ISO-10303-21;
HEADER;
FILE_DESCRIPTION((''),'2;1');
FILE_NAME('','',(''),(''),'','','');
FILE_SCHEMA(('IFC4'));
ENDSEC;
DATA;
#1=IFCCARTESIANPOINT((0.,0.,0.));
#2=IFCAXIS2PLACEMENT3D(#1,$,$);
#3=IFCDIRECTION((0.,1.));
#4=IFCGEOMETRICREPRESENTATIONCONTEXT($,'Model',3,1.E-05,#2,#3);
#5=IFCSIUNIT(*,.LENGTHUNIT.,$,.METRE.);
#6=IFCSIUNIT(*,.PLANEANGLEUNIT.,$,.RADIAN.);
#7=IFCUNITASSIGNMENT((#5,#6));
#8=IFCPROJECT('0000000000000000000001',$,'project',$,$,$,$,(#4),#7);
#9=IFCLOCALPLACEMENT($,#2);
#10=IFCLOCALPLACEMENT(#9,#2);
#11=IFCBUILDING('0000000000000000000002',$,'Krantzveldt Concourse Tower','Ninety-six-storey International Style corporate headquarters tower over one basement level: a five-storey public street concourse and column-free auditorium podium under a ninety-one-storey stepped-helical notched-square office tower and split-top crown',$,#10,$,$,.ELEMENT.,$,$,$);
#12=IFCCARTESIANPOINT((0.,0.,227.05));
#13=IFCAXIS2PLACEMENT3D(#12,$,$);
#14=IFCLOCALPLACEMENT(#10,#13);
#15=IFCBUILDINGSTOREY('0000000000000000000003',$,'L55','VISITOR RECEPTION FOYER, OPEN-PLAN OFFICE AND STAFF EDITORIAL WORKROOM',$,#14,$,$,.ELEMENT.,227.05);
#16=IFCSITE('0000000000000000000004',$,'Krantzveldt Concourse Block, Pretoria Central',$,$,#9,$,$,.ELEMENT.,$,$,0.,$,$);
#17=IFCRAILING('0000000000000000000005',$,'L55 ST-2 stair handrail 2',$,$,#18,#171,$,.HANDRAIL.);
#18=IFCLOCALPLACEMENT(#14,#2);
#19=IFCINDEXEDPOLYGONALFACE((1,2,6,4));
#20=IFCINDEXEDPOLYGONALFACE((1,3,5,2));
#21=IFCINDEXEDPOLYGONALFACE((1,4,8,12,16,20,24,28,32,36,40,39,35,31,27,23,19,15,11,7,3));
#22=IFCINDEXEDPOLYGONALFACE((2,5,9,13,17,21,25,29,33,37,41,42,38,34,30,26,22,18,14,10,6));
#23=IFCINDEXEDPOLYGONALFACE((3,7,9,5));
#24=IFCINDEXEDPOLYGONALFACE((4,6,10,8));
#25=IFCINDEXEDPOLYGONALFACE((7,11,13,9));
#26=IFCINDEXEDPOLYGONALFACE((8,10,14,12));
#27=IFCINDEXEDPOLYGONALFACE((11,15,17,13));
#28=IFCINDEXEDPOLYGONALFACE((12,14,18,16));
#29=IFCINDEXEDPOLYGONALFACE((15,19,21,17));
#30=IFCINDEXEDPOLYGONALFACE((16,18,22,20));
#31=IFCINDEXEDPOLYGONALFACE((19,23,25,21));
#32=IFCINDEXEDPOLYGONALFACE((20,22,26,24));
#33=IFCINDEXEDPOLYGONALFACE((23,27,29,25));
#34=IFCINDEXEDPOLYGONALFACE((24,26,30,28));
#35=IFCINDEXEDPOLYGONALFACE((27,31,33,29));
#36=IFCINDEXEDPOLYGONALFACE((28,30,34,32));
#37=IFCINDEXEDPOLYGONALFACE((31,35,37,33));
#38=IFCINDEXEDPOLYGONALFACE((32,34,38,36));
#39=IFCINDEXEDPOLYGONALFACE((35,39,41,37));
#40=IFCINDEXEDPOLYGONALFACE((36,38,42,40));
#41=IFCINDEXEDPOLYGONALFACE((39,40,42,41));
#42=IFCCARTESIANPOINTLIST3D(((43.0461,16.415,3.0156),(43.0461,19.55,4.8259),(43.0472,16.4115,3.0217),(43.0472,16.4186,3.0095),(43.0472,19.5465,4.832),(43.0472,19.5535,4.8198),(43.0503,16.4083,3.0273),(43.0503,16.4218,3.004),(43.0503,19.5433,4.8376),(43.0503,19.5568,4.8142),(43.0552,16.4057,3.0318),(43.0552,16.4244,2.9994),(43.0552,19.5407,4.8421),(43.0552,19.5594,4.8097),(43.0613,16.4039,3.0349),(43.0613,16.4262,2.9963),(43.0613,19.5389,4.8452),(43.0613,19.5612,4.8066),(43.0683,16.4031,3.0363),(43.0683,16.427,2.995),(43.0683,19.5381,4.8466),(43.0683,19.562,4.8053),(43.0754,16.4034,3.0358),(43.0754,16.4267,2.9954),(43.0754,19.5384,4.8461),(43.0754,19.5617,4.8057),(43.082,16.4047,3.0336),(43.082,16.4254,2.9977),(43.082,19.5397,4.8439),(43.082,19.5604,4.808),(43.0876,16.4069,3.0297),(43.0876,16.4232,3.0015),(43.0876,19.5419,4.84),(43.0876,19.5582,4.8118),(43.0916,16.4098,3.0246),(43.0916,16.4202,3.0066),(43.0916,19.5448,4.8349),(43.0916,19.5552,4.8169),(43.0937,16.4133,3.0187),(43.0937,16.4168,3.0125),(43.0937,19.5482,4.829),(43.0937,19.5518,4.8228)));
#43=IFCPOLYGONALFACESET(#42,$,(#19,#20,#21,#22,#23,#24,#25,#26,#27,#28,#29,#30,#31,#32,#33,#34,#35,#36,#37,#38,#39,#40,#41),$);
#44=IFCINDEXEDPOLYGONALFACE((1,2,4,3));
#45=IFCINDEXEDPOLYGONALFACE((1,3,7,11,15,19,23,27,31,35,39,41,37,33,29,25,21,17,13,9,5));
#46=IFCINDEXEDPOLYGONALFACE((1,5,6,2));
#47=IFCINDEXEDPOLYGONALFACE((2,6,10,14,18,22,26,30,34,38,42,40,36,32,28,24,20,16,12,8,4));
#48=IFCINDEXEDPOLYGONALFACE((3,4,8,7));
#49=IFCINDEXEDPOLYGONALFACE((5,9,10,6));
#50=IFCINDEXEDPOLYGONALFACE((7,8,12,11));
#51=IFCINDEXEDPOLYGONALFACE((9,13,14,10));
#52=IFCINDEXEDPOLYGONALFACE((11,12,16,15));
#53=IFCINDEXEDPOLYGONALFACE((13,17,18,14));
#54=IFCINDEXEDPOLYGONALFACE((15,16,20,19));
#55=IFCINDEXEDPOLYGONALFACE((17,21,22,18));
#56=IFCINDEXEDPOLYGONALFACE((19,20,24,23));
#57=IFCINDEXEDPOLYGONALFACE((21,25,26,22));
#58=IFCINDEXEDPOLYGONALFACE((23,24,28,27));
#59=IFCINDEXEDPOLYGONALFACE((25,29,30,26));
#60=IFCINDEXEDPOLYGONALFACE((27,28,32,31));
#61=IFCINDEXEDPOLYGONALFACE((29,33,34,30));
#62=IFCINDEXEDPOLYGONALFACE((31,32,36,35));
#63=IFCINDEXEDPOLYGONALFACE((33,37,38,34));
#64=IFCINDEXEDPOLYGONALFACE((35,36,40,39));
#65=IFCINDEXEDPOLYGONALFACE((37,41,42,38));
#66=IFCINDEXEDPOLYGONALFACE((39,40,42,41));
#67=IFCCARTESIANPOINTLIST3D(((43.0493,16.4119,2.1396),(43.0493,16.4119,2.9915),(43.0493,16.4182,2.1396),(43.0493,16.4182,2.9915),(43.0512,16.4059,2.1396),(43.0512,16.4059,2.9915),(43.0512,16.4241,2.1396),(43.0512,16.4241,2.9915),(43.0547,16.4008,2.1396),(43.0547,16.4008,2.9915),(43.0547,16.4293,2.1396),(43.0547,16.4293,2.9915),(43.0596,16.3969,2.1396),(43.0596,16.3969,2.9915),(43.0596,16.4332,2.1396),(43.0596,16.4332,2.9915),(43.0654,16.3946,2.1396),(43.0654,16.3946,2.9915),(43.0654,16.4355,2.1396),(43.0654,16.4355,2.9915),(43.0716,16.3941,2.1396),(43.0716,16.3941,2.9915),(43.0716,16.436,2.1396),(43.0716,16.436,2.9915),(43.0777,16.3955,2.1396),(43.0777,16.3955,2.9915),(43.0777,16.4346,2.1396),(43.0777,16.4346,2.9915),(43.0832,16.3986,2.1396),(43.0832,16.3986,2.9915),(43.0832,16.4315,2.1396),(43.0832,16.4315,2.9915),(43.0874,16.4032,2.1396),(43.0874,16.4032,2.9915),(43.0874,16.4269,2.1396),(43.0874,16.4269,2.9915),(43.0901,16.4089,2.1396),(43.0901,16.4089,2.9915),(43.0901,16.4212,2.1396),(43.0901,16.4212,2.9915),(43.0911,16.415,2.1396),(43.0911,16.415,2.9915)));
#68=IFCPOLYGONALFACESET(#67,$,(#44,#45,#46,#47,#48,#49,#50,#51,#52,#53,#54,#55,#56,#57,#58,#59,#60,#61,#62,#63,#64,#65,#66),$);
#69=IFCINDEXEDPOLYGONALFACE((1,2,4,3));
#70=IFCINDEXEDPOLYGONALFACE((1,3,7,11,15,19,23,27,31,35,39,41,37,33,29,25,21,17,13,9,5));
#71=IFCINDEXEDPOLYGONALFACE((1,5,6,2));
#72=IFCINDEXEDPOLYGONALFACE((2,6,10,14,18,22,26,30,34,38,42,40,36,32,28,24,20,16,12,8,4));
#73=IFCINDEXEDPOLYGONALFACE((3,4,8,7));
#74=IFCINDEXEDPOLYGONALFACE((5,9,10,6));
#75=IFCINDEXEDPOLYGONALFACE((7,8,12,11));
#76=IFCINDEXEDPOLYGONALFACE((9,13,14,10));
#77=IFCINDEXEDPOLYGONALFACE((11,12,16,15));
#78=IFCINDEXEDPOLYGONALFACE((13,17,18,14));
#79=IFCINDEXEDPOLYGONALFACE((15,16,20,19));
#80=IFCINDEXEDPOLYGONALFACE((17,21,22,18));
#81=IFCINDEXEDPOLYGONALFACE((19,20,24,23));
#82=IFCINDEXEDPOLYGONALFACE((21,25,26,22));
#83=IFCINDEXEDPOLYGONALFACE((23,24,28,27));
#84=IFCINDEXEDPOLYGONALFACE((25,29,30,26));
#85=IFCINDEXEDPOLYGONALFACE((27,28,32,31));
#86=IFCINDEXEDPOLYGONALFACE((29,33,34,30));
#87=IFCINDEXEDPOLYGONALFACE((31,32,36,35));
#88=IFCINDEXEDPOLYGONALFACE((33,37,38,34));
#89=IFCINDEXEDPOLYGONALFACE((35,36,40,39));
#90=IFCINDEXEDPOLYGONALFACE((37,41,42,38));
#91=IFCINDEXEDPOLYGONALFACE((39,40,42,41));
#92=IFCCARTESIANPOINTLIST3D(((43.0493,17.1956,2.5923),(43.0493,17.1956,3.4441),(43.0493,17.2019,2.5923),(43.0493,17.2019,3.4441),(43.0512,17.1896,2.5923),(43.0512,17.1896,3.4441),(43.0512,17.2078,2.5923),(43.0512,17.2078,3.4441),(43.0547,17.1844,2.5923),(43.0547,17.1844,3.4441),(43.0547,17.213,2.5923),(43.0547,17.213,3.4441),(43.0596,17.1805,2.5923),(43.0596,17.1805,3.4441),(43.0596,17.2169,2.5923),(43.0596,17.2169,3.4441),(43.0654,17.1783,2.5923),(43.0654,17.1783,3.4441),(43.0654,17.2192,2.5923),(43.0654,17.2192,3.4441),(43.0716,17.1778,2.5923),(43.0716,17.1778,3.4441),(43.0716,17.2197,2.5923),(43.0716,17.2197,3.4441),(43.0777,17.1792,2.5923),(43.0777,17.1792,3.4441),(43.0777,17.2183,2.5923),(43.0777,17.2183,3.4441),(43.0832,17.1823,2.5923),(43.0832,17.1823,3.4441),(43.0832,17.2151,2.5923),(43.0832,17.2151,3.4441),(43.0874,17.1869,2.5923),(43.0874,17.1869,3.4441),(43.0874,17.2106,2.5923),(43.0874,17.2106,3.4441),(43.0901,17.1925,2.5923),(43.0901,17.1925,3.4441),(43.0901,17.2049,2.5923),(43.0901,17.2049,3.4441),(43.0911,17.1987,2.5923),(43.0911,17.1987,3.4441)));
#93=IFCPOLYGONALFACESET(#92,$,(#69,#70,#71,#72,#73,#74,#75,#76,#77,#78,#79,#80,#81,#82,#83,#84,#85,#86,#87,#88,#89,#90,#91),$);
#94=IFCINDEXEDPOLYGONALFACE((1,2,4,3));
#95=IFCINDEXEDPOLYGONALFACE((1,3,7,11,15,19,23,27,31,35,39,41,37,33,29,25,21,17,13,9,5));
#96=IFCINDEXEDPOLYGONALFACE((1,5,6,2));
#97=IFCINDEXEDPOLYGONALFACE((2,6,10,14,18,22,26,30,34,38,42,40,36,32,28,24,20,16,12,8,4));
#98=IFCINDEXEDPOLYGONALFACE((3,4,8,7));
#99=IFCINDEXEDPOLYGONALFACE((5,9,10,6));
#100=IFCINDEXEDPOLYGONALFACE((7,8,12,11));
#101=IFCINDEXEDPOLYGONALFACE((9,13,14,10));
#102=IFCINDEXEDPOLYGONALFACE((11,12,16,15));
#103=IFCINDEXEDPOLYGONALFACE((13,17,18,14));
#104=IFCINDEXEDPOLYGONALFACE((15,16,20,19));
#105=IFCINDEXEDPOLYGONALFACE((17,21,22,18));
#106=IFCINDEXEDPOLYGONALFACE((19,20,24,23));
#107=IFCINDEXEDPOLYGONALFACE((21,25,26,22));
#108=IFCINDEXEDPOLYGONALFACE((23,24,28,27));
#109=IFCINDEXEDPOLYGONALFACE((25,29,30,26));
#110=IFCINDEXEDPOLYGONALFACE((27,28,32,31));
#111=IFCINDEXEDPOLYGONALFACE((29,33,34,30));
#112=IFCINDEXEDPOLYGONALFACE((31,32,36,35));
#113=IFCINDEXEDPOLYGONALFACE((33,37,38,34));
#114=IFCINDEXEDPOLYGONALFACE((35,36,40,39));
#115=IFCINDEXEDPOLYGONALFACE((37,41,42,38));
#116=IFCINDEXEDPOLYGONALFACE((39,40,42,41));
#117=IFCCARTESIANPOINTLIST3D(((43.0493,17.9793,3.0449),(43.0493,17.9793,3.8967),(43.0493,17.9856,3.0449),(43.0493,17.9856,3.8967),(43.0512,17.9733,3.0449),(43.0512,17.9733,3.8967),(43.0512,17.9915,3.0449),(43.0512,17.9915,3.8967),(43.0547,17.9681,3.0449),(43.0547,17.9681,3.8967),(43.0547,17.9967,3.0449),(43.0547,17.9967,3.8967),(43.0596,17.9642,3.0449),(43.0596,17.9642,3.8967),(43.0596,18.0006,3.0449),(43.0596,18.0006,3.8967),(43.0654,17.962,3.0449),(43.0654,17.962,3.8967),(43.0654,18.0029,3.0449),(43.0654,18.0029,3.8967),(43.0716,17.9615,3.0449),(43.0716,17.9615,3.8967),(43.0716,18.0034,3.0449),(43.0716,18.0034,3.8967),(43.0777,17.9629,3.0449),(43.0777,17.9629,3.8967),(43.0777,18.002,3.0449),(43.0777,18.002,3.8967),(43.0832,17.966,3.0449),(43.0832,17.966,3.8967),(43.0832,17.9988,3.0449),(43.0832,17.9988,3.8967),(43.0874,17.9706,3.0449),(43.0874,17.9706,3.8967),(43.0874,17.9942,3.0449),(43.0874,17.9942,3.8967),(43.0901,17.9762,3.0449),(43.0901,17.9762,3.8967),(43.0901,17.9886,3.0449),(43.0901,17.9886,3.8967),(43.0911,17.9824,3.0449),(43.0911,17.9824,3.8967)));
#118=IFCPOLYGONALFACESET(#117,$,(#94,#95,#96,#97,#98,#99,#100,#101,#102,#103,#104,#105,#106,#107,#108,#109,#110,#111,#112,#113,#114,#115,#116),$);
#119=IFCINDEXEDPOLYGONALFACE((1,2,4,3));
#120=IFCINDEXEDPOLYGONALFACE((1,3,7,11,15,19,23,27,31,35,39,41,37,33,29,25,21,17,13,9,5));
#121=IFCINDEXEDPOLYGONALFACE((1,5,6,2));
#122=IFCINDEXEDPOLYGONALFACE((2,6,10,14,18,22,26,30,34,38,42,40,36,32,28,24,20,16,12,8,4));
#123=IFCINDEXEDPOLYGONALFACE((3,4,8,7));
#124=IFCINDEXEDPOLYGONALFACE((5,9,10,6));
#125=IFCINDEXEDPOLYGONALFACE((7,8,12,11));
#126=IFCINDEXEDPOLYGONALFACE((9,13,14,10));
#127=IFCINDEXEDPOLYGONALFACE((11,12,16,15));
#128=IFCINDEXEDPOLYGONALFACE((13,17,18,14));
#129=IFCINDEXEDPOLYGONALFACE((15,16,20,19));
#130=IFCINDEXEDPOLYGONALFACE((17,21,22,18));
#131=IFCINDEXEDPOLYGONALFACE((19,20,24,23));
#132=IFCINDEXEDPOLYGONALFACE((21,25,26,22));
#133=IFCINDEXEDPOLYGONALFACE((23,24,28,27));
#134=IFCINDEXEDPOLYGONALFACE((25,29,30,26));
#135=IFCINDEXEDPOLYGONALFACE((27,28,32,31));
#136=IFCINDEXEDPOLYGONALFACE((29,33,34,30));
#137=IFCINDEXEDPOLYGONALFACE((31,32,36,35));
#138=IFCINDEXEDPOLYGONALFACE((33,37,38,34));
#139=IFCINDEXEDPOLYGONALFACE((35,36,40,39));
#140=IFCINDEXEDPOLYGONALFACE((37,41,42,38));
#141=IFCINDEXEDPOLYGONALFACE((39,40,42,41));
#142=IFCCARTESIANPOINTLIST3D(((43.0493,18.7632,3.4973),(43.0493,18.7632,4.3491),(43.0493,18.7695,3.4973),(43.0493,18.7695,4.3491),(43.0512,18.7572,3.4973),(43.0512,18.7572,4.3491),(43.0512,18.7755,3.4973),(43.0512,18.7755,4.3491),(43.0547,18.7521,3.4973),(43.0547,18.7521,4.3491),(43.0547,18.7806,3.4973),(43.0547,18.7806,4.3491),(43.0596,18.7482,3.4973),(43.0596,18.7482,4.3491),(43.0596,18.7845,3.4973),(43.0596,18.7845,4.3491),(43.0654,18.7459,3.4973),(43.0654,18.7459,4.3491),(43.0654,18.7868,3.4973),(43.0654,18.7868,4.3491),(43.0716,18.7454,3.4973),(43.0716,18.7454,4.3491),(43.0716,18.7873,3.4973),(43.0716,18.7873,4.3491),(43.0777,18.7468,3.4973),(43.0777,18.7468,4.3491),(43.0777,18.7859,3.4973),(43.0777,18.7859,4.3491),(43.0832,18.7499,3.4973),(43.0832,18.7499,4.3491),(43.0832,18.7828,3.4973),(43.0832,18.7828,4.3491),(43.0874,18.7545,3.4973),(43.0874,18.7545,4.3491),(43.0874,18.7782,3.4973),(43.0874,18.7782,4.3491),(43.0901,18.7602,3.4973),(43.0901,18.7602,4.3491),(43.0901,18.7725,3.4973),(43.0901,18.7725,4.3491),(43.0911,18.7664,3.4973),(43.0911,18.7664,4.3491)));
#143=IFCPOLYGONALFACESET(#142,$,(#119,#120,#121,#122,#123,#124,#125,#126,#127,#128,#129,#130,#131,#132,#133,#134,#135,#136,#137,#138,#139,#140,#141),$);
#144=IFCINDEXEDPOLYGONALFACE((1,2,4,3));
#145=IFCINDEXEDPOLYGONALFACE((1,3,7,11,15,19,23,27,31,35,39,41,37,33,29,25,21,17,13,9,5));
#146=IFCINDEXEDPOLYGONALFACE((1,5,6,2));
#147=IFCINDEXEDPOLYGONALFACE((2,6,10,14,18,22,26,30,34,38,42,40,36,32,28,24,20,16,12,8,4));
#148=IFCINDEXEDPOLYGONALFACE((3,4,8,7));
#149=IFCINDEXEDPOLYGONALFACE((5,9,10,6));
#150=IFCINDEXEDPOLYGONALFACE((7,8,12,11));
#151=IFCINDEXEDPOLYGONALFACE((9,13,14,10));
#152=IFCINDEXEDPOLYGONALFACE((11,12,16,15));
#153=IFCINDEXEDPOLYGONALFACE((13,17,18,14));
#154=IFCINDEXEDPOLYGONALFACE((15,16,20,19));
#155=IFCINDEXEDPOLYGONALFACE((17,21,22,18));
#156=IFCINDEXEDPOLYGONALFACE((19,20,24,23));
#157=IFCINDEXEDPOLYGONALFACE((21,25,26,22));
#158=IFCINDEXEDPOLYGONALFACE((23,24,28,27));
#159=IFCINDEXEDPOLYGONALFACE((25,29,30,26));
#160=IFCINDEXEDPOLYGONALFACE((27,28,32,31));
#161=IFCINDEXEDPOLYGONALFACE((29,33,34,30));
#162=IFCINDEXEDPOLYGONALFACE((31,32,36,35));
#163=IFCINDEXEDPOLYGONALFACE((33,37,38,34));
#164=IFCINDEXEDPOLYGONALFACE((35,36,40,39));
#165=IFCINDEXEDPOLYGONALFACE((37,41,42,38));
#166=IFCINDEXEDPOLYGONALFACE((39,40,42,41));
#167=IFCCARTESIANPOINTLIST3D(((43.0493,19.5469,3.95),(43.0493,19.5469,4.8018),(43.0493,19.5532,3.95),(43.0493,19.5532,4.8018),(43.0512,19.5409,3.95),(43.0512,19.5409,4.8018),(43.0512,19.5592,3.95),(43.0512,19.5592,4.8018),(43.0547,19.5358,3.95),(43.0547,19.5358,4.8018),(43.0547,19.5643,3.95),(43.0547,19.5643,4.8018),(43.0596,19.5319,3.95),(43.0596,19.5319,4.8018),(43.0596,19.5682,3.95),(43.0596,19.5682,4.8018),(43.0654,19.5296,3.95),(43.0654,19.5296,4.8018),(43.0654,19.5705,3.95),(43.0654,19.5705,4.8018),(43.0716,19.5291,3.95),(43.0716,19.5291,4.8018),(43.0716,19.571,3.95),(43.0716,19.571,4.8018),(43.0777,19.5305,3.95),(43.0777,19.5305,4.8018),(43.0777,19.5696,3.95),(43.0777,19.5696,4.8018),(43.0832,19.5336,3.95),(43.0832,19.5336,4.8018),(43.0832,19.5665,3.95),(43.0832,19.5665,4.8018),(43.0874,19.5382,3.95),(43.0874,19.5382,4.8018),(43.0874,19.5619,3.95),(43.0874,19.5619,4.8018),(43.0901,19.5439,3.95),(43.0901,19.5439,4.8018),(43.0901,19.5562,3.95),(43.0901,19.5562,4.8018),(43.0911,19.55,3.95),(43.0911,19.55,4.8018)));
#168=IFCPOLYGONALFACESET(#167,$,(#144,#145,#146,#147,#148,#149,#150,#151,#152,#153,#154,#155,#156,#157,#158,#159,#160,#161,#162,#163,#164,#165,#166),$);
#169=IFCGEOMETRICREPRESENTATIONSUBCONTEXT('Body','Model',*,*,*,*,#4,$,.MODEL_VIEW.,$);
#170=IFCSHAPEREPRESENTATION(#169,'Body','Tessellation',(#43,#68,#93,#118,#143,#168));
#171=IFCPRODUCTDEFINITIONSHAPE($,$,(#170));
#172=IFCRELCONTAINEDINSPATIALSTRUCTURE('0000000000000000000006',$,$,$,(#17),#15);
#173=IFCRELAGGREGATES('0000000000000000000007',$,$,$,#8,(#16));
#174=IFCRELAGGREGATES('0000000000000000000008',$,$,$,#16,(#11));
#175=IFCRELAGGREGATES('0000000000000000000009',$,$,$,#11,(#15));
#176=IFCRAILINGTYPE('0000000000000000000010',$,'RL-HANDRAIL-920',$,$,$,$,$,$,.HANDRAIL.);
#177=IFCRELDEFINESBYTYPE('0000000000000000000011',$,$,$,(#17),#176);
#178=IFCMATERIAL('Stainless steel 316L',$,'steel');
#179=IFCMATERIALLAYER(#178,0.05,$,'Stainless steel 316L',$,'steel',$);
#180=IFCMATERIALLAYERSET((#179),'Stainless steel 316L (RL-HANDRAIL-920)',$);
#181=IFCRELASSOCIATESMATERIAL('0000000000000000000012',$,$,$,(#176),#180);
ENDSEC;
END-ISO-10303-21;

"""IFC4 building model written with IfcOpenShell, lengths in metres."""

from ifc_helpers import new_model, si_unit, direction, frame, origin, origin_2d, place, context, subcontext, project, spatial, circle, extrude, material, layer, layer_set, type_object, element, save


model = new_model("IFC4")

# Units and contexts
model_context = context("Model", 3, precision=1e-05, world=origin(), true_north=direction((0.0, 1.0)))
body_context = subcontext(model_context, "Body", "Model", "MODEL_VIEW")
ifc_project = project(units=[si_unit("LENGTHUNIT", "METRE"), si_unit("PLANEANGLEUNIT", "RADIAN")], contexts=[model_context])

# Site, building, storey
site_placement = place(None, origin())
site = spatial("IfcSite", under=ifc_project, at=site_placement, Name="Krantzveldt Concourse Block, Pretoria Central", CompositionType="ELEMENT", RefElevation=0.0)
building_placement = place(site_placement, origin())
building = spatial("IfcBuilding", under=site, at=building_placement, Name="Krantzveldt Concourse Tower", Description="Ninety-six-storey International Style corporate headquarters tower over one basement level: a five-storey public street concourse and column-free auditorium podium under a ninety-one-storey stepped-helical notched-square office tower and split-top crown", CompositionType="ELEMENT")
storey_placement = place(building_placement, frame((0.0, 0.0, 227.05)))
storey = spatial("IfcBuildingStorey", under=building, at=storey_placement, Name="L55", Description="VISITOR RECEPTION FOYER, OPEN-PLAN OFFICE AND STAFF EDITORIAL WORKROOM", CompositionType="ELEMENT", Elevation=227.05)

# Shared definitions
ifc_material_1 = material(Name="Stainless steel 316L", Category="steel")

# Railing
ifc_layer_1 = layer(ifc_material_1, 0.05, Name="Stainless steel 316L", Category="steel")
ifc_layer_set_1 = layer_set([ifc_layer_1], Name="Stainless steel 316L (RL-HANDRAIL-920)")
railing_type_1 = type_object("IfcRailingType", Name="RL-HANDRAIL-920", PredefinedType="HANDRAIL", material=ifc_layer_set_1)
railing_1_placement = place(storey_placement, frame((43.0701, 16.415, 2.1396)))
element("IfcRailing", 1, at=railing_1_placement, inside=storey, type_object=railing_type_1, Name="L55 ST-2 stair handrail 2", PredefinedType="HANDRAIL", context=body_context, shape_type="SweptSolid", body=[
    extrude(circle(Radius=0.0239, at=origin_2d()), frame((0.0, 0.0, 0.876), z_axis=(0.0, 0.865989, 0.500063), x_axis=(-1.0, 0.0, 0.0)), (0.0, 0.0, 1.0), 3.6201),
    extrude(circle(Radius=0.021, at=origin_2d()), origin(), (0.0, 0.0, 1.0), 0.8518),
    extrude(circle(Radius=0.021, at=origin_2d()), frame((0.0, 0.7837, 0.4526)), (0.0, 0.0, 1.0), 0.8518),
    extrude(circle(Radius=0.021, at=origin_2d()), frame((0.0, 1.5674, 0.9053)), (0.0, 0.0, 1.0), 0.8518),
    extrude(circle(Radius=0.021, at=origin_2d()), frame((0.0, 2.3513, 1.3577)), (0.0, 0.0, 1.0), 0.8518),
    extrude(circle(Radius=0.021, at=origin_2d()), frame((0.0, 3.135, 1.8103)), (0.0, 0.0, 1.0), 0.8518),
])

save(model, "model.ifc")
